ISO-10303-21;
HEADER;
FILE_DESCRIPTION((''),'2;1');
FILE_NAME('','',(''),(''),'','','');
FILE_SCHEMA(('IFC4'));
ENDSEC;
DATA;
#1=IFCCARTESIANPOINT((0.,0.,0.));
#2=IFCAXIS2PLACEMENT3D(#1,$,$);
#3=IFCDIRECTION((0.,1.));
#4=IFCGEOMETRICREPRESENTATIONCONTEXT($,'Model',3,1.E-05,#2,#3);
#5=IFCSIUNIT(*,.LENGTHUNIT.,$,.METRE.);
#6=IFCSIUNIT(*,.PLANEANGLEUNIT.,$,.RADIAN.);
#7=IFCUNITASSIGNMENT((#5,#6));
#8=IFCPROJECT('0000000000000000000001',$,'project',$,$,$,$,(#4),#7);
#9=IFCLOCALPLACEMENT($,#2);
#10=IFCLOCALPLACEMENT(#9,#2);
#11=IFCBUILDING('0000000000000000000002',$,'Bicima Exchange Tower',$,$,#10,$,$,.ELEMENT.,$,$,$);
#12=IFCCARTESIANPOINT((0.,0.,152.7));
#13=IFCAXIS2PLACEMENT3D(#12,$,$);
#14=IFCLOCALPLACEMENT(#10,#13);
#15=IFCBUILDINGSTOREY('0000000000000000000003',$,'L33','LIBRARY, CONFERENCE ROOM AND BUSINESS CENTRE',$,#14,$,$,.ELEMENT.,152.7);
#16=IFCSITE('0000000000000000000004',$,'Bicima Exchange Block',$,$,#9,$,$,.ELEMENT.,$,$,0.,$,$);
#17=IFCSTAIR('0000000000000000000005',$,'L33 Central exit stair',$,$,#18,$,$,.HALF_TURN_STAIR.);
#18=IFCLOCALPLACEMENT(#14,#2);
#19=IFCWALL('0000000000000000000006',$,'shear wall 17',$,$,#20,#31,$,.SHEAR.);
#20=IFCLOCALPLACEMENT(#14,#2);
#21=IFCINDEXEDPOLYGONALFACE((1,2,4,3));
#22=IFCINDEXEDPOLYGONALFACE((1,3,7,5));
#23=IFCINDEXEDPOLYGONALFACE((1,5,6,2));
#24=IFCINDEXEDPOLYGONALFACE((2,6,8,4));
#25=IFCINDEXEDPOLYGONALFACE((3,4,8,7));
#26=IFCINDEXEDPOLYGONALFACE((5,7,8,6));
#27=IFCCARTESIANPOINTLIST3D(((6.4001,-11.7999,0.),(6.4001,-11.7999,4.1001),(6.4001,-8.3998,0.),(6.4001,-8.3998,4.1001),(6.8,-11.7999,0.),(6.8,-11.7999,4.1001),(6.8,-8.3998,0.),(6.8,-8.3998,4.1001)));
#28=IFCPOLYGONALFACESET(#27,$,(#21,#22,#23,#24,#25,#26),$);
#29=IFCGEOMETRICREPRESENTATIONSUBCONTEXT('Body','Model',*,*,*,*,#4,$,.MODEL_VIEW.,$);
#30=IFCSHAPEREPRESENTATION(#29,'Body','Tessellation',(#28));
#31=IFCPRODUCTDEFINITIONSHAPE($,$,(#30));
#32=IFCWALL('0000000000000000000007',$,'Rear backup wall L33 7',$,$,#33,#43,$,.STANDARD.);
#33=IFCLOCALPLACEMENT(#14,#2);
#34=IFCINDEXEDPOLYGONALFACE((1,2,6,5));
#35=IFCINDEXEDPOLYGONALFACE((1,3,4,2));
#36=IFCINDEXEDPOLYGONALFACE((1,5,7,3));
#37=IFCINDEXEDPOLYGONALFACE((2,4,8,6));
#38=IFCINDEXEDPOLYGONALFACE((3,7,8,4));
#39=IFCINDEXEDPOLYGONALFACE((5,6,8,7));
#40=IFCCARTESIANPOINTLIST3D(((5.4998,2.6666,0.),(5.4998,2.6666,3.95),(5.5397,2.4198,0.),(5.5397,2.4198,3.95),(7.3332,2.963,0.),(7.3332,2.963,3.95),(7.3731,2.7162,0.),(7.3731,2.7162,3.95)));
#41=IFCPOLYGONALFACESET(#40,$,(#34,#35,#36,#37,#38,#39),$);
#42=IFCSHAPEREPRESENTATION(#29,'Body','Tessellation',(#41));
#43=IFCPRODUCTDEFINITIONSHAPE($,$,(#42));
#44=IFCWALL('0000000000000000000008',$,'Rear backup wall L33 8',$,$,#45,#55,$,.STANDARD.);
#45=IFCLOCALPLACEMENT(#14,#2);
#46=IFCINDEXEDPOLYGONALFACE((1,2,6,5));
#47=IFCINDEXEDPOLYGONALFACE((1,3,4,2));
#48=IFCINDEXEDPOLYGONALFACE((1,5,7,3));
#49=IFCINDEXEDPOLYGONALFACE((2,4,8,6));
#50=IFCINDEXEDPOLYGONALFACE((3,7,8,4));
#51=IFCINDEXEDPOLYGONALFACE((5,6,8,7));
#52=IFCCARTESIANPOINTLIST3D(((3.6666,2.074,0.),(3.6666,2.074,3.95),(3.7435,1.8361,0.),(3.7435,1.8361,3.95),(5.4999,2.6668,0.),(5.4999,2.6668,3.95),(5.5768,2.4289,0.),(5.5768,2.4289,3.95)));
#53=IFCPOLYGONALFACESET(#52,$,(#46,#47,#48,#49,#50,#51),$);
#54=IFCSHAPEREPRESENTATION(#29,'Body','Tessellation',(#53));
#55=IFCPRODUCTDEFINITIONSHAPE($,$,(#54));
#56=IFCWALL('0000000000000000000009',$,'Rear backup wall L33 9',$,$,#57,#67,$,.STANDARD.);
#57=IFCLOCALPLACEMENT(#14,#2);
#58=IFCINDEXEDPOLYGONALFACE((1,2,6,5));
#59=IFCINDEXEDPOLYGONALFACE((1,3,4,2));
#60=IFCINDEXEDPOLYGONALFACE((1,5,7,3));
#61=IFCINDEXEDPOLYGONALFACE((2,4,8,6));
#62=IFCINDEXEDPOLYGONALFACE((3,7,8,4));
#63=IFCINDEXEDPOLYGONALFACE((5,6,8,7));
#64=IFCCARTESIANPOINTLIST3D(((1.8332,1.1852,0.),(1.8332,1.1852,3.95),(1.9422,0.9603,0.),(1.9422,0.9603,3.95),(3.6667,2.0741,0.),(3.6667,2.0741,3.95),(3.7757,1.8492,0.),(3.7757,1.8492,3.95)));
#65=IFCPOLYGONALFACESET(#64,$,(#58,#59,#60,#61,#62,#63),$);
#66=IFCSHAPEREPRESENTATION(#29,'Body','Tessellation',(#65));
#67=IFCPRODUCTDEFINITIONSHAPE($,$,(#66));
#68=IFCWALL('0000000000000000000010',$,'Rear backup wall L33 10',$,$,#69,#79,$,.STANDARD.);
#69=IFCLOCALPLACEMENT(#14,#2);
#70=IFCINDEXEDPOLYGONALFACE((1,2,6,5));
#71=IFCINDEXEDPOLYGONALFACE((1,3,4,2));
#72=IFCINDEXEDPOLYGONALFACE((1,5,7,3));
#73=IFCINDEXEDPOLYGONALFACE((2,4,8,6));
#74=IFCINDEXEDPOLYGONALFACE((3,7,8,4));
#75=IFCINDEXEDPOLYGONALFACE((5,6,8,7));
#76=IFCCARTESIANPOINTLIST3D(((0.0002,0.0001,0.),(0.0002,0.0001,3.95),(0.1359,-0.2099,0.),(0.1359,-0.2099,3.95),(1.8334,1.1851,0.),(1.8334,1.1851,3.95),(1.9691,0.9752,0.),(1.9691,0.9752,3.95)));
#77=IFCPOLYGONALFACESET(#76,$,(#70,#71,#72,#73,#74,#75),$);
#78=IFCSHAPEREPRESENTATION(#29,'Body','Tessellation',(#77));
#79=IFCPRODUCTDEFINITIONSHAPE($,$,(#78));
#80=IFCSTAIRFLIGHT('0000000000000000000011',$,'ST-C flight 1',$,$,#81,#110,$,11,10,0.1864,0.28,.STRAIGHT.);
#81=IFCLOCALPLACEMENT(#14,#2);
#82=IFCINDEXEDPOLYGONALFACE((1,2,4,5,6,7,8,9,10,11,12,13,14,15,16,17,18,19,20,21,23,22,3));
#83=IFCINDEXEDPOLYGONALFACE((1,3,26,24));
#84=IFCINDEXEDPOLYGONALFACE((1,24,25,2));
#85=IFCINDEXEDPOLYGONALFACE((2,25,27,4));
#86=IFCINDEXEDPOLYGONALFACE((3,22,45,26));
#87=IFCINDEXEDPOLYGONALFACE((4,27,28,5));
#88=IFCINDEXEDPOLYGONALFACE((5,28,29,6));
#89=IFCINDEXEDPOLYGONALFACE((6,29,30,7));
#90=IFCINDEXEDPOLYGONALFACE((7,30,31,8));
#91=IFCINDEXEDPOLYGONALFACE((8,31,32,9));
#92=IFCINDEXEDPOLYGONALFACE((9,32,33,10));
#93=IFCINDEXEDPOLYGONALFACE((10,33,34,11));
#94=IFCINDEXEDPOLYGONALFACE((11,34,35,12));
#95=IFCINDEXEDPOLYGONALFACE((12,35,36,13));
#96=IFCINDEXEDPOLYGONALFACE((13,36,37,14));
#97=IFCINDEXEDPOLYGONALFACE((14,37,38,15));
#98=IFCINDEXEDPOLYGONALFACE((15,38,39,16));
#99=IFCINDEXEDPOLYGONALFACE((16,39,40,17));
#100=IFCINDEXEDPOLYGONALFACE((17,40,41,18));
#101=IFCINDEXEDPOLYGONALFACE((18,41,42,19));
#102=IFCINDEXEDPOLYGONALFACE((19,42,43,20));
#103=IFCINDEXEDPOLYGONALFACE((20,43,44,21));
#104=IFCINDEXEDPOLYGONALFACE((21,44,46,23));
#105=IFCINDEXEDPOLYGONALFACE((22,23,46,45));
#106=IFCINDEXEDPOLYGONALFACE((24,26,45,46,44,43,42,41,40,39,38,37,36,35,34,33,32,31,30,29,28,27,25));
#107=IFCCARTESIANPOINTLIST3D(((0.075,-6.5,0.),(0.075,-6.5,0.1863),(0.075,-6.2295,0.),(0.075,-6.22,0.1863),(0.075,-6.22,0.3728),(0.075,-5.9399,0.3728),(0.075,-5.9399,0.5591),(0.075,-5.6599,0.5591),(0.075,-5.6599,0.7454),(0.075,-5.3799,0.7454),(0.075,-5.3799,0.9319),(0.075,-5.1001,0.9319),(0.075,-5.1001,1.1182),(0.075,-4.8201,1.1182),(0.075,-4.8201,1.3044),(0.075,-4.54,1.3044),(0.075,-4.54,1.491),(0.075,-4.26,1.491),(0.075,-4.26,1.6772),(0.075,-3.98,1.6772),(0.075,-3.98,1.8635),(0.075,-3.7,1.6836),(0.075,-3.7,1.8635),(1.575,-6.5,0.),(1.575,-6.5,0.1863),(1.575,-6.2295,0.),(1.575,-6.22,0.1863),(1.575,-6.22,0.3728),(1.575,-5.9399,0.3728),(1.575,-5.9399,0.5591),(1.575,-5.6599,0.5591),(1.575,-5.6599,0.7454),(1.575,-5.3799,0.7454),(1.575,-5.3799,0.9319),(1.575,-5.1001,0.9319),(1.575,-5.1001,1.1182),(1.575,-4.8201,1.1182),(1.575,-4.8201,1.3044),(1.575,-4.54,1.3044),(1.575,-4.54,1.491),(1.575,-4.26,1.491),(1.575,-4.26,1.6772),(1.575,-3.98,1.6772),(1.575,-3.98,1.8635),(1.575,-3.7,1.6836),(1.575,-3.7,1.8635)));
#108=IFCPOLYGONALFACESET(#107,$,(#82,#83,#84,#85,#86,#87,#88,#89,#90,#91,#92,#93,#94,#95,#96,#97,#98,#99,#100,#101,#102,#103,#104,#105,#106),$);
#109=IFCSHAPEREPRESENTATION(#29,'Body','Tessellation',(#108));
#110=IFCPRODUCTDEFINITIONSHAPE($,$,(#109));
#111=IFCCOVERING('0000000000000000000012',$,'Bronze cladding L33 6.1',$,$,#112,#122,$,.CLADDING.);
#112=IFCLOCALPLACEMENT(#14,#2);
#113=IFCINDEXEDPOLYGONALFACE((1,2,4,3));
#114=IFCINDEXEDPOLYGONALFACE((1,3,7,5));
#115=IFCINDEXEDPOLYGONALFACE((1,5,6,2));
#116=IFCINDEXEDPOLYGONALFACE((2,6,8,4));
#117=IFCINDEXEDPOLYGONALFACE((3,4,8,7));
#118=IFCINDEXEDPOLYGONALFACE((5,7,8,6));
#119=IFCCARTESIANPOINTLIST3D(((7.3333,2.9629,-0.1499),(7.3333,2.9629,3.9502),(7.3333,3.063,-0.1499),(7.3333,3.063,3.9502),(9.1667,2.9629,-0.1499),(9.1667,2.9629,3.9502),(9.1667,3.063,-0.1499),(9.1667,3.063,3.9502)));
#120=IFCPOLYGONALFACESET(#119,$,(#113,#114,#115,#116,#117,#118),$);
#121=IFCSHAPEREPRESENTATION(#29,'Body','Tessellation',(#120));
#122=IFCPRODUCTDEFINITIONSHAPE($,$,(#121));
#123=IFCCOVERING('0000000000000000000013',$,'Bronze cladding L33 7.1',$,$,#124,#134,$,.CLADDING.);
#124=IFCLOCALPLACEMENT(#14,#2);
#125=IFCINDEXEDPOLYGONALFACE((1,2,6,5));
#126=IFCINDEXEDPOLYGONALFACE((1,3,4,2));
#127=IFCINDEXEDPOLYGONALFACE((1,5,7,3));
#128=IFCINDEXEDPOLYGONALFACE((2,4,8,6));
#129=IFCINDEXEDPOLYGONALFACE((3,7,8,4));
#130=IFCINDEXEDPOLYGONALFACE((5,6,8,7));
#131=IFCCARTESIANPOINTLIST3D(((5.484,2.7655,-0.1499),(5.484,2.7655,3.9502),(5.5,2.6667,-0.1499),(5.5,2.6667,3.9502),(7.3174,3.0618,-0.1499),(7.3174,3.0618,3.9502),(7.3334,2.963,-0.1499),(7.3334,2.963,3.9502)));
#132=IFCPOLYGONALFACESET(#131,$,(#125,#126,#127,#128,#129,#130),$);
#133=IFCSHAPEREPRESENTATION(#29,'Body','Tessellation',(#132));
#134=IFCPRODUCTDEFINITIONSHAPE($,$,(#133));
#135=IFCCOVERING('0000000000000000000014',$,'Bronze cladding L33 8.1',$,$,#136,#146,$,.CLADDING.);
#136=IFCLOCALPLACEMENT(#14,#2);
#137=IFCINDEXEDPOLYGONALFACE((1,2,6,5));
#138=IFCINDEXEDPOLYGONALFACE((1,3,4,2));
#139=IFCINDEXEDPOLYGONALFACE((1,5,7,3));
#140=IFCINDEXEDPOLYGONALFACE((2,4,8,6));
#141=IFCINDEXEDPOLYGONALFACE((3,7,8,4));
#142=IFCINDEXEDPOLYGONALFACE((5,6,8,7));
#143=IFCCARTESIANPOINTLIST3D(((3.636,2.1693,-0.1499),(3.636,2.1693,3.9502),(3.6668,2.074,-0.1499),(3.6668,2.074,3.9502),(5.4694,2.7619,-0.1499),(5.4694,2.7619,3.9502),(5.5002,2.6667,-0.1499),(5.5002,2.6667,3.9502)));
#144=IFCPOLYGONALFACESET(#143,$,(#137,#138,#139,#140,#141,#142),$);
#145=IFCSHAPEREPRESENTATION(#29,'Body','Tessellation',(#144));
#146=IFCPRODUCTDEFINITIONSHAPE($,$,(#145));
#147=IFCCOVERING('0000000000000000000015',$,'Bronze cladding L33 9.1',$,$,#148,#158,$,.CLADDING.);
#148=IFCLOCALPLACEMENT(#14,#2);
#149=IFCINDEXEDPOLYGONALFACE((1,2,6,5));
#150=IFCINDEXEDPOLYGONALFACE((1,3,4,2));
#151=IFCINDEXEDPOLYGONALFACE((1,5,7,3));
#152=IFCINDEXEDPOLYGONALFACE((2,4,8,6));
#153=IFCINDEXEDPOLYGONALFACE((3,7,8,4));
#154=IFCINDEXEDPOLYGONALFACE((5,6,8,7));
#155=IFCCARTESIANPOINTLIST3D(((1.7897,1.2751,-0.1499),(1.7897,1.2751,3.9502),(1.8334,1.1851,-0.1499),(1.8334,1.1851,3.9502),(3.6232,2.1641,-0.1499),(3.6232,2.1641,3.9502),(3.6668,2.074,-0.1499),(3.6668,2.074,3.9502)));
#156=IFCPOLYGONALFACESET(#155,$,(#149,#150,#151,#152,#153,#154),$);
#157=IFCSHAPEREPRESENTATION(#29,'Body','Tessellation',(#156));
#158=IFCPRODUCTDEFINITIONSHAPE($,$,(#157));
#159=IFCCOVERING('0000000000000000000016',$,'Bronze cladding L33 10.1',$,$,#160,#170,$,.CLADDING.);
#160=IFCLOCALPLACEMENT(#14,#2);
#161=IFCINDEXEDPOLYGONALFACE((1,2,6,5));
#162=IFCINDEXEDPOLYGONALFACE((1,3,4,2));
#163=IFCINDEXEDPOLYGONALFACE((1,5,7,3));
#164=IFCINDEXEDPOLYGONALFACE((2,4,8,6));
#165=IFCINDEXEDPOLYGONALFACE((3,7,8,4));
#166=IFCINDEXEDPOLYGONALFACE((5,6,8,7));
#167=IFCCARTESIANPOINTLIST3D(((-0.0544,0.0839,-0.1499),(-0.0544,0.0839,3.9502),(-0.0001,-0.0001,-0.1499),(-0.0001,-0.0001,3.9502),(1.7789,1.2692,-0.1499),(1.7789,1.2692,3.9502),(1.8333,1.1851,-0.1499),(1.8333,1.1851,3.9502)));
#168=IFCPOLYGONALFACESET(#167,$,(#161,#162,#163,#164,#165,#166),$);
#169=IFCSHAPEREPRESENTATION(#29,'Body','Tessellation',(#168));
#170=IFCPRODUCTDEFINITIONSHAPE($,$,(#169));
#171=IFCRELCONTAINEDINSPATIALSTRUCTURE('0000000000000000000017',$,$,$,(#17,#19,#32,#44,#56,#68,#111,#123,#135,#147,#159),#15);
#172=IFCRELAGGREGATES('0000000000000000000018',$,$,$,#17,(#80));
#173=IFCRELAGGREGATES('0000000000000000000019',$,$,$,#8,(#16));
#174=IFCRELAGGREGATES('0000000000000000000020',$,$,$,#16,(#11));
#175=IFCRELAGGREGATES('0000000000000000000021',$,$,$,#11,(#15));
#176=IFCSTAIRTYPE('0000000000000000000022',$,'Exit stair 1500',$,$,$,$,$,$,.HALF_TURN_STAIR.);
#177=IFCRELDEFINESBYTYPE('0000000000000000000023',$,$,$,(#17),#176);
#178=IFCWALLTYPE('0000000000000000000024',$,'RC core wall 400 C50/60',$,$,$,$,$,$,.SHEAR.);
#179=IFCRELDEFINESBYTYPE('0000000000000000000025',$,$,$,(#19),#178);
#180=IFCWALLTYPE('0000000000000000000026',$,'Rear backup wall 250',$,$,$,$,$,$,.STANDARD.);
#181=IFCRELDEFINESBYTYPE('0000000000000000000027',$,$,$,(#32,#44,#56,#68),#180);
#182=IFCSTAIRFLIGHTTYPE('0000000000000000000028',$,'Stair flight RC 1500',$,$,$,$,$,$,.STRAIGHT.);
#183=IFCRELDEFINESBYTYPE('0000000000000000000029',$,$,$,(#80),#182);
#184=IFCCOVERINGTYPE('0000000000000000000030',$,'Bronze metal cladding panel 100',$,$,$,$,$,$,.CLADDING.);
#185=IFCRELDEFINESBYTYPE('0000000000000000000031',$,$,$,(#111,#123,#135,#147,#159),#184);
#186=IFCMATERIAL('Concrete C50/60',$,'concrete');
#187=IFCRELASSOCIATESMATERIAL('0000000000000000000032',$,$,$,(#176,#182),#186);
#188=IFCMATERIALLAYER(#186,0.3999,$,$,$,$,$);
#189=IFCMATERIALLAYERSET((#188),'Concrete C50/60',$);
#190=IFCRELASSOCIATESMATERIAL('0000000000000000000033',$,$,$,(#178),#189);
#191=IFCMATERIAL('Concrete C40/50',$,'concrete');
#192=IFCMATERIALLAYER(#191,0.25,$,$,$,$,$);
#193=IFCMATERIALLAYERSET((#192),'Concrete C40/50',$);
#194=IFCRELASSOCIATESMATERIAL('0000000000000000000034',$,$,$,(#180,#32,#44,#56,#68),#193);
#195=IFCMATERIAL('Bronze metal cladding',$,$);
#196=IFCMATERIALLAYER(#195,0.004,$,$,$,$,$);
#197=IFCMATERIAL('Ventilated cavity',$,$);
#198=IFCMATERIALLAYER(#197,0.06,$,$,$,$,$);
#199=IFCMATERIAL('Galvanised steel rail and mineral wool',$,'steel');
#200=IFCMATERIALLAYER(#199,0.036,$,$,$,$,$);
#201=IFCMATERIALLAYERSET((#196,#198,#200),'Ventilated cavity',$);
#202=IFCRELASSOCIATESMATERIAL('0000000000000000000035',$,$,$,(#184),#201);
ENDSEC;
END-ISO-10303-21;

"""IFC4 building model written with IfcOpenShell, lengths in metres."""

from ifc_helpers import new_model, si_unit, direction, frame, frame_2d, origin, origin_2d, place, context, subcontext, project, spatial, polyline, rectangle, outline, extrude, material, layer, layer_set, layer_usage, type_object, element, aggregate, save


model = new_model("IFC4")

# Units and contexts
model_context = context("Model", 3, precision=1e-05, world=origin(), true_north=direction((0.0, 1.0)))
body_context = subcontext(model_context, "Body", "Model", "MODEL_VIEW")
ifc_project = project(units=[si_unit("LENGTHUNIT", "METRE"), si_unit("PLANEANGLEUNIT", "RADIAN")], contexts=[model_context])

# Site, building, storey
site_placement = place(None, origin())
site = spatial("IfcSite", under=ifc_project, at=site_placement, Name="Bicima Exchange Block", CompositionType="ELEMENT", RefElevation=0.0)
building_placement = place(site_placement, origin())
building = spatial("IfcBuilding", under=site, at=building_placement, Name="Bicima Exchange Tower", CompositionType="ELEMENT")
storey_placement = place(building_placement, frame((0.0, 0.0, 152.7)))
storey = spatial("IfcBuildingStorey", under=building, at=storey_placement, Name="L33", Description="LIBRARY, CONFERENCE ROOM AND BUSINESS CENTRE", CompositionType="ELEMENT", Elevation=152.7)

# Stair
ifc_material_1 = material(Name="Concrete C50/60", Category="concrete")
stair_type_1 = type_object("IfcStairType", Name="Exit stair 1500", PredefinedType="HALF_TURN_STAIR", material=ifc_material_1)
stair_1_placement = place(storey_placement, origin())
stair_1 = element("IfcStair", 1, at=stair_1_placement, inside=storey, type_object=stair_type_1, Name="L33 Central exit stair", PredefinedType="HALF_TURN_STAIR")

# Shared definitions
ifc_layer_1 = layer(ifc_material_1, 0.3999)
ifc_layer_set_1 = layer_set([ifc_layer_1], Name="Concrete C50/60")
wall_type_1 = type_object("IfcWallType", Name="RC core wall 400 C50/60", PredefinedType="SHEAR", material=ifc_layer_set_1)

# Walls
wall_1_placement = place(storey_placement, frame((6.6001, -11.8, 0.0), z_axis=(0.0, 0.0, 1.0), x_axis=(0.0, 1.0, 0.0)))
element("IfcWall", 2, at=wall_1_placement, inside=storey, type_object=wall_type_1, Name="shear wall 17", PredefinedType="SHEAR", context=body_context, shape_type="SweptSolid", body=[
    extrude(rectangle(XDim=3.4001, YDim=0.3999, at=frame_2d((1.7002, 0.0))), origin(), (0.0, 0.0, 1.0), 4.1001),
])
ifc_material_2 = material(Name="Concrete C40/50", Category="concrete")
ifc_layer_2 = layer(ifc_material_2, 0.25)
ifc_layer_set_2 = layer_set([ifc_layer_2], Name="Concrete C40/50")
ifc_layer_usage = layer_usage(ifc_layer_set_2, "AXIS2", "POSITIVE", -0.125)
wall_type_2 = type_object("IfcWallType", Name="Rear backup wall 250", PredefinedType="STANDARD", material=ifc_layer_set_2)
wall_2_placement = place(storey_placement, frame((7.3533, 2.8396, 0.0), z_axis=(0.0, 0.0, 1.0), x_axis=(-0.987182, -0.1596, 0.0)))
element("IfcWall", 3, at=wall_2_placement, inside=storey, type_object=wall_type_2, material=ifc_layer_usage, Name="Rear backup wall L33 7", PredefinedType="STANDARD", context=body_context, shape_type="SweptSolid", body=[
    extrude(rectangle(XDim=1.8572, YDim=0.25, at=frame_2d((0.9287, 0.0))), origin(), (0.0, 0.0, 1.0), 3.95),
])
wall_3_placement = place(storey_placement, frame((5.5383, 2.5479, 0.0), z_axis=(0.0, 0.0, 1.0), x_axis=(-0.951496, -0.307662, 0.0)))
element("IfcWall", 4, at=wall_3_placement, inside=storey, type_object=wall_type_2, material=ifc_layer_usage, Name="Rear backup wall L33 8", PredefinedType="STANDARD", context=body_context, shape_type="SweptSolid", body=[
    extrude(rectangle(XDim=1.9268, YDim=0.25, at=frame_2d((0.9634, 0.0))), origin(), (0.0, 0.0, 1.0), 3.95),
])
wall_4_placement = place(storey_placement, frame((3.7212, 1.9617, 0.0), z_axis=(0.0, 0.0, 1.0), x_axis=(-0.899824, -0.436253, 0.0)))
element("IfcWall", 5, at=wall_4_placement, inside=storey, type_object=wall_type_2, material=ifc_layer_usage, Name="Rear backup wall L33 9", PredefinedType="STANDARD", context=body_context, shape_type="SweptSolid", body=[
    extrude(rectangle(XDim=2.0376, YDim=0.25, at=frame_2d((1.0188, 0.0))), origin(), (0.0, 0.0, 1.0), 3.95),
])
wall_5_placement = place(storey_placement, frame((1.9011, 1.0801, 0.0), z_axis=(0.0, 0.0, 1.0), x_axis=(-0.839813, -0.542876, 0.0)))
element("IfcWall", 6, at=wall_5_placement, inside=storey, type_object=wall_type_2, material=ifc_layer_usage, Name="Rear backup wall L33 10", PredefinedType="STANDARD", context=body_context, shape_type="SweptSolid", body=[
    extrude(rectangle(XDim=2.1829, YDim=0.25, at=frame_2d((1.0913, 0.0))), origin(), (0.0, 0.0, 1.0), 3.95),
])

# Stair flight
stair_flight_type = type_object("IfcStairFlightType", Name="Stair flight RC 1500", PredefinedType="STRAIGHT", material=ifc_material_1)
stair_flight_placement = place(storey_placement, frame((0.825, -6.5, 0.0), z_axis=(0.0, 0.0, 1.0), x_axis=(0.0, 1.0, 0.0)))
stair_flight = element("IfcStairFlight", 7, at=stair_flight_placement, type_object=stair_flight_type, Name="ST-C flight 1", NumberOfRisers=11, NumberOfTreads=10, PredefinedType="STRAIGHT", RiserHeight=0.1864, TreadLength=0.28, context=body_context, shape_type="SweptSolid", body=[
    extrude(outline(polyline([(0.0, 0.0), (0.0, 0.1863), (0.28, 0.1863), (0.28, 0.3728), (0.5601, 0.3728), (0.5601, 0.5591), (0.8401, 0.5591), (0.8401, 0.7454), (1.1201, 0.7454), (1.1201, 0.9319), (1.3999, 0.9319), (1.3999, 1.1182), (1.6799, 1.1182), (1.6799, 1.3044), (1.96, 1.3044), (1.96, 1.491), (2.24, 1.491), (2.24, 1.6772), (2.52, 1.6772), (2.52, 1.8635), (2.8, 1.8635), (2.8, 2.05), (2.8, 1.6836), (0.2705, 0.0), (0.0, 0.0)])), frame((0.0, 0.75, 0.0), z_axis=(0.0, -1.0, 0.0), x_axis=(1.0, 0.0, 0.0)), (0.0, 0.0, 1.0), 1.5),
])
aggregate(stair_1, [stair_flight])

# Coverings
ifc_material_3 = material(Name="Bronze metal cladding")
ifc_layer_3 = layer(ifc_material_3, 0.004)
ifc_material_4 = material(Name="Ventilated cavity")
ifc_layer_4 = layer(ifc_material_4, 0.06)
ifc_material_5 = material(Name="Galvanised steel rail and mineral wool", Category="steel")
ifc_layer_5 = layer(ifc_material_5, 0.036)
ifc_layer_set_3 = layer_set([ifc_layer_3, ifc_layer_4, ifc_layer_5], Name="Ventilated cavity")
covering_type = type_object("IfcCoveringType", Name="Bronze metal cladding panel 100", PredefinedType="CLADDING", material=ifc_layer_set_3)
covering_1_placement = place(storey_placement, frame((8.25, 3.0129, -0.1499), z_axis=(0.0, 0.0, 1.0), x_axis=(-1.0, 0.0, 0.0)))
element("IfcCovering", 8, at=covering_1_placement, inside=storey, type_object=covering_type, Name="Bronze cladding L33 6.1", PredefinedType="CLADDING", context=body_context, shape_type="SweptSolid", body=[
    extrude(rectangle(XDim=1.8335, YDim=0.1001, at=origin_2d()), origin(), (0.0, 0.0, 1.0), 4.1001),
])
covering_2_placement = place(storey_placement, frame((6.4087, 2.8643, -0.1499), z_axis=(0.0, 0.0, 1.0), x_axis=(-0.98719, -0.15955, 0.0)))
element("IfcCovering", 9, at=covering_2_placement, inside=storey, type_object=covering_type, Name="Bronze cladding L33 7.1", PredefinedType="CLADDING", context=body_context, shape_type="SweptSolid", body=[
    extrude(rectangle(XDim=1.8572, YDim=0.1001, at=origin_2d()), origin(), (0.0, 0.0, 1.0), 4.1001),
])
covering_3_placement = place(storey_placement, frame((4.5681, 2.418, -0.1499), z_axis=(0.0, 0.0, 1.0), x_axis=(-0.951525, -0.307573, 0.0)))
element("IfcCovering", 10, at=covering_3_placement, inside=storey, type_object=covering_type, Name="Bronze cladding L33 8.1", PredefinedType="CLADDING", context=body_context, shape_type="SweptSolid", body=[
    extrude(rectangle(XDim=1.9268, YDim=0.1001, at=origin_2d()), origin(), (0.0, 0.0, 1.0), 4.1001),
])
covering_4_placement = place(storey_placement, frame((2.7283, 1.6746, -0.1499), z_axis=(0.0, 0.0, 1.0), x_axis=(-0.899818, -0.436265, 0.0)))
element("IfcCovering", 11, at=covering_4_placement, inside=storey, type_object=covering_type, Name="Bronze cladding L33 9.1", PredefinedType="CLADDING", context=body_context, shape_type="SweptSolid", body=[
    extrude(rectangle(XDim=2.0376, YDim=0.1001, at=origin_2d()), origin(), (0.0, 0.0, 1.0), 4.1001),
])
covering_5_placement = place(storey_placement, frame((0.8894, 0.6345, -0.1499), z_axis=(0.0, 0.0, 1.0), x_axis=(-0.83979, -0.542911, 0.0)))
element("IfcCovering", 12, at=covering_5_placement, inside=storey, type_object=covering_type, Name="Bronze cladding L33 10.1", PredefinedType="CLADDING", context=body_context, shape_type="SweptSolid", body=[
    extrude(rectangle(XDim=2.1831, YDim=0.1001, at=origin_2d()), origin(), (0.0, 0.0, 1.0), 4.1001),
])

save(model, "model.ifc")
